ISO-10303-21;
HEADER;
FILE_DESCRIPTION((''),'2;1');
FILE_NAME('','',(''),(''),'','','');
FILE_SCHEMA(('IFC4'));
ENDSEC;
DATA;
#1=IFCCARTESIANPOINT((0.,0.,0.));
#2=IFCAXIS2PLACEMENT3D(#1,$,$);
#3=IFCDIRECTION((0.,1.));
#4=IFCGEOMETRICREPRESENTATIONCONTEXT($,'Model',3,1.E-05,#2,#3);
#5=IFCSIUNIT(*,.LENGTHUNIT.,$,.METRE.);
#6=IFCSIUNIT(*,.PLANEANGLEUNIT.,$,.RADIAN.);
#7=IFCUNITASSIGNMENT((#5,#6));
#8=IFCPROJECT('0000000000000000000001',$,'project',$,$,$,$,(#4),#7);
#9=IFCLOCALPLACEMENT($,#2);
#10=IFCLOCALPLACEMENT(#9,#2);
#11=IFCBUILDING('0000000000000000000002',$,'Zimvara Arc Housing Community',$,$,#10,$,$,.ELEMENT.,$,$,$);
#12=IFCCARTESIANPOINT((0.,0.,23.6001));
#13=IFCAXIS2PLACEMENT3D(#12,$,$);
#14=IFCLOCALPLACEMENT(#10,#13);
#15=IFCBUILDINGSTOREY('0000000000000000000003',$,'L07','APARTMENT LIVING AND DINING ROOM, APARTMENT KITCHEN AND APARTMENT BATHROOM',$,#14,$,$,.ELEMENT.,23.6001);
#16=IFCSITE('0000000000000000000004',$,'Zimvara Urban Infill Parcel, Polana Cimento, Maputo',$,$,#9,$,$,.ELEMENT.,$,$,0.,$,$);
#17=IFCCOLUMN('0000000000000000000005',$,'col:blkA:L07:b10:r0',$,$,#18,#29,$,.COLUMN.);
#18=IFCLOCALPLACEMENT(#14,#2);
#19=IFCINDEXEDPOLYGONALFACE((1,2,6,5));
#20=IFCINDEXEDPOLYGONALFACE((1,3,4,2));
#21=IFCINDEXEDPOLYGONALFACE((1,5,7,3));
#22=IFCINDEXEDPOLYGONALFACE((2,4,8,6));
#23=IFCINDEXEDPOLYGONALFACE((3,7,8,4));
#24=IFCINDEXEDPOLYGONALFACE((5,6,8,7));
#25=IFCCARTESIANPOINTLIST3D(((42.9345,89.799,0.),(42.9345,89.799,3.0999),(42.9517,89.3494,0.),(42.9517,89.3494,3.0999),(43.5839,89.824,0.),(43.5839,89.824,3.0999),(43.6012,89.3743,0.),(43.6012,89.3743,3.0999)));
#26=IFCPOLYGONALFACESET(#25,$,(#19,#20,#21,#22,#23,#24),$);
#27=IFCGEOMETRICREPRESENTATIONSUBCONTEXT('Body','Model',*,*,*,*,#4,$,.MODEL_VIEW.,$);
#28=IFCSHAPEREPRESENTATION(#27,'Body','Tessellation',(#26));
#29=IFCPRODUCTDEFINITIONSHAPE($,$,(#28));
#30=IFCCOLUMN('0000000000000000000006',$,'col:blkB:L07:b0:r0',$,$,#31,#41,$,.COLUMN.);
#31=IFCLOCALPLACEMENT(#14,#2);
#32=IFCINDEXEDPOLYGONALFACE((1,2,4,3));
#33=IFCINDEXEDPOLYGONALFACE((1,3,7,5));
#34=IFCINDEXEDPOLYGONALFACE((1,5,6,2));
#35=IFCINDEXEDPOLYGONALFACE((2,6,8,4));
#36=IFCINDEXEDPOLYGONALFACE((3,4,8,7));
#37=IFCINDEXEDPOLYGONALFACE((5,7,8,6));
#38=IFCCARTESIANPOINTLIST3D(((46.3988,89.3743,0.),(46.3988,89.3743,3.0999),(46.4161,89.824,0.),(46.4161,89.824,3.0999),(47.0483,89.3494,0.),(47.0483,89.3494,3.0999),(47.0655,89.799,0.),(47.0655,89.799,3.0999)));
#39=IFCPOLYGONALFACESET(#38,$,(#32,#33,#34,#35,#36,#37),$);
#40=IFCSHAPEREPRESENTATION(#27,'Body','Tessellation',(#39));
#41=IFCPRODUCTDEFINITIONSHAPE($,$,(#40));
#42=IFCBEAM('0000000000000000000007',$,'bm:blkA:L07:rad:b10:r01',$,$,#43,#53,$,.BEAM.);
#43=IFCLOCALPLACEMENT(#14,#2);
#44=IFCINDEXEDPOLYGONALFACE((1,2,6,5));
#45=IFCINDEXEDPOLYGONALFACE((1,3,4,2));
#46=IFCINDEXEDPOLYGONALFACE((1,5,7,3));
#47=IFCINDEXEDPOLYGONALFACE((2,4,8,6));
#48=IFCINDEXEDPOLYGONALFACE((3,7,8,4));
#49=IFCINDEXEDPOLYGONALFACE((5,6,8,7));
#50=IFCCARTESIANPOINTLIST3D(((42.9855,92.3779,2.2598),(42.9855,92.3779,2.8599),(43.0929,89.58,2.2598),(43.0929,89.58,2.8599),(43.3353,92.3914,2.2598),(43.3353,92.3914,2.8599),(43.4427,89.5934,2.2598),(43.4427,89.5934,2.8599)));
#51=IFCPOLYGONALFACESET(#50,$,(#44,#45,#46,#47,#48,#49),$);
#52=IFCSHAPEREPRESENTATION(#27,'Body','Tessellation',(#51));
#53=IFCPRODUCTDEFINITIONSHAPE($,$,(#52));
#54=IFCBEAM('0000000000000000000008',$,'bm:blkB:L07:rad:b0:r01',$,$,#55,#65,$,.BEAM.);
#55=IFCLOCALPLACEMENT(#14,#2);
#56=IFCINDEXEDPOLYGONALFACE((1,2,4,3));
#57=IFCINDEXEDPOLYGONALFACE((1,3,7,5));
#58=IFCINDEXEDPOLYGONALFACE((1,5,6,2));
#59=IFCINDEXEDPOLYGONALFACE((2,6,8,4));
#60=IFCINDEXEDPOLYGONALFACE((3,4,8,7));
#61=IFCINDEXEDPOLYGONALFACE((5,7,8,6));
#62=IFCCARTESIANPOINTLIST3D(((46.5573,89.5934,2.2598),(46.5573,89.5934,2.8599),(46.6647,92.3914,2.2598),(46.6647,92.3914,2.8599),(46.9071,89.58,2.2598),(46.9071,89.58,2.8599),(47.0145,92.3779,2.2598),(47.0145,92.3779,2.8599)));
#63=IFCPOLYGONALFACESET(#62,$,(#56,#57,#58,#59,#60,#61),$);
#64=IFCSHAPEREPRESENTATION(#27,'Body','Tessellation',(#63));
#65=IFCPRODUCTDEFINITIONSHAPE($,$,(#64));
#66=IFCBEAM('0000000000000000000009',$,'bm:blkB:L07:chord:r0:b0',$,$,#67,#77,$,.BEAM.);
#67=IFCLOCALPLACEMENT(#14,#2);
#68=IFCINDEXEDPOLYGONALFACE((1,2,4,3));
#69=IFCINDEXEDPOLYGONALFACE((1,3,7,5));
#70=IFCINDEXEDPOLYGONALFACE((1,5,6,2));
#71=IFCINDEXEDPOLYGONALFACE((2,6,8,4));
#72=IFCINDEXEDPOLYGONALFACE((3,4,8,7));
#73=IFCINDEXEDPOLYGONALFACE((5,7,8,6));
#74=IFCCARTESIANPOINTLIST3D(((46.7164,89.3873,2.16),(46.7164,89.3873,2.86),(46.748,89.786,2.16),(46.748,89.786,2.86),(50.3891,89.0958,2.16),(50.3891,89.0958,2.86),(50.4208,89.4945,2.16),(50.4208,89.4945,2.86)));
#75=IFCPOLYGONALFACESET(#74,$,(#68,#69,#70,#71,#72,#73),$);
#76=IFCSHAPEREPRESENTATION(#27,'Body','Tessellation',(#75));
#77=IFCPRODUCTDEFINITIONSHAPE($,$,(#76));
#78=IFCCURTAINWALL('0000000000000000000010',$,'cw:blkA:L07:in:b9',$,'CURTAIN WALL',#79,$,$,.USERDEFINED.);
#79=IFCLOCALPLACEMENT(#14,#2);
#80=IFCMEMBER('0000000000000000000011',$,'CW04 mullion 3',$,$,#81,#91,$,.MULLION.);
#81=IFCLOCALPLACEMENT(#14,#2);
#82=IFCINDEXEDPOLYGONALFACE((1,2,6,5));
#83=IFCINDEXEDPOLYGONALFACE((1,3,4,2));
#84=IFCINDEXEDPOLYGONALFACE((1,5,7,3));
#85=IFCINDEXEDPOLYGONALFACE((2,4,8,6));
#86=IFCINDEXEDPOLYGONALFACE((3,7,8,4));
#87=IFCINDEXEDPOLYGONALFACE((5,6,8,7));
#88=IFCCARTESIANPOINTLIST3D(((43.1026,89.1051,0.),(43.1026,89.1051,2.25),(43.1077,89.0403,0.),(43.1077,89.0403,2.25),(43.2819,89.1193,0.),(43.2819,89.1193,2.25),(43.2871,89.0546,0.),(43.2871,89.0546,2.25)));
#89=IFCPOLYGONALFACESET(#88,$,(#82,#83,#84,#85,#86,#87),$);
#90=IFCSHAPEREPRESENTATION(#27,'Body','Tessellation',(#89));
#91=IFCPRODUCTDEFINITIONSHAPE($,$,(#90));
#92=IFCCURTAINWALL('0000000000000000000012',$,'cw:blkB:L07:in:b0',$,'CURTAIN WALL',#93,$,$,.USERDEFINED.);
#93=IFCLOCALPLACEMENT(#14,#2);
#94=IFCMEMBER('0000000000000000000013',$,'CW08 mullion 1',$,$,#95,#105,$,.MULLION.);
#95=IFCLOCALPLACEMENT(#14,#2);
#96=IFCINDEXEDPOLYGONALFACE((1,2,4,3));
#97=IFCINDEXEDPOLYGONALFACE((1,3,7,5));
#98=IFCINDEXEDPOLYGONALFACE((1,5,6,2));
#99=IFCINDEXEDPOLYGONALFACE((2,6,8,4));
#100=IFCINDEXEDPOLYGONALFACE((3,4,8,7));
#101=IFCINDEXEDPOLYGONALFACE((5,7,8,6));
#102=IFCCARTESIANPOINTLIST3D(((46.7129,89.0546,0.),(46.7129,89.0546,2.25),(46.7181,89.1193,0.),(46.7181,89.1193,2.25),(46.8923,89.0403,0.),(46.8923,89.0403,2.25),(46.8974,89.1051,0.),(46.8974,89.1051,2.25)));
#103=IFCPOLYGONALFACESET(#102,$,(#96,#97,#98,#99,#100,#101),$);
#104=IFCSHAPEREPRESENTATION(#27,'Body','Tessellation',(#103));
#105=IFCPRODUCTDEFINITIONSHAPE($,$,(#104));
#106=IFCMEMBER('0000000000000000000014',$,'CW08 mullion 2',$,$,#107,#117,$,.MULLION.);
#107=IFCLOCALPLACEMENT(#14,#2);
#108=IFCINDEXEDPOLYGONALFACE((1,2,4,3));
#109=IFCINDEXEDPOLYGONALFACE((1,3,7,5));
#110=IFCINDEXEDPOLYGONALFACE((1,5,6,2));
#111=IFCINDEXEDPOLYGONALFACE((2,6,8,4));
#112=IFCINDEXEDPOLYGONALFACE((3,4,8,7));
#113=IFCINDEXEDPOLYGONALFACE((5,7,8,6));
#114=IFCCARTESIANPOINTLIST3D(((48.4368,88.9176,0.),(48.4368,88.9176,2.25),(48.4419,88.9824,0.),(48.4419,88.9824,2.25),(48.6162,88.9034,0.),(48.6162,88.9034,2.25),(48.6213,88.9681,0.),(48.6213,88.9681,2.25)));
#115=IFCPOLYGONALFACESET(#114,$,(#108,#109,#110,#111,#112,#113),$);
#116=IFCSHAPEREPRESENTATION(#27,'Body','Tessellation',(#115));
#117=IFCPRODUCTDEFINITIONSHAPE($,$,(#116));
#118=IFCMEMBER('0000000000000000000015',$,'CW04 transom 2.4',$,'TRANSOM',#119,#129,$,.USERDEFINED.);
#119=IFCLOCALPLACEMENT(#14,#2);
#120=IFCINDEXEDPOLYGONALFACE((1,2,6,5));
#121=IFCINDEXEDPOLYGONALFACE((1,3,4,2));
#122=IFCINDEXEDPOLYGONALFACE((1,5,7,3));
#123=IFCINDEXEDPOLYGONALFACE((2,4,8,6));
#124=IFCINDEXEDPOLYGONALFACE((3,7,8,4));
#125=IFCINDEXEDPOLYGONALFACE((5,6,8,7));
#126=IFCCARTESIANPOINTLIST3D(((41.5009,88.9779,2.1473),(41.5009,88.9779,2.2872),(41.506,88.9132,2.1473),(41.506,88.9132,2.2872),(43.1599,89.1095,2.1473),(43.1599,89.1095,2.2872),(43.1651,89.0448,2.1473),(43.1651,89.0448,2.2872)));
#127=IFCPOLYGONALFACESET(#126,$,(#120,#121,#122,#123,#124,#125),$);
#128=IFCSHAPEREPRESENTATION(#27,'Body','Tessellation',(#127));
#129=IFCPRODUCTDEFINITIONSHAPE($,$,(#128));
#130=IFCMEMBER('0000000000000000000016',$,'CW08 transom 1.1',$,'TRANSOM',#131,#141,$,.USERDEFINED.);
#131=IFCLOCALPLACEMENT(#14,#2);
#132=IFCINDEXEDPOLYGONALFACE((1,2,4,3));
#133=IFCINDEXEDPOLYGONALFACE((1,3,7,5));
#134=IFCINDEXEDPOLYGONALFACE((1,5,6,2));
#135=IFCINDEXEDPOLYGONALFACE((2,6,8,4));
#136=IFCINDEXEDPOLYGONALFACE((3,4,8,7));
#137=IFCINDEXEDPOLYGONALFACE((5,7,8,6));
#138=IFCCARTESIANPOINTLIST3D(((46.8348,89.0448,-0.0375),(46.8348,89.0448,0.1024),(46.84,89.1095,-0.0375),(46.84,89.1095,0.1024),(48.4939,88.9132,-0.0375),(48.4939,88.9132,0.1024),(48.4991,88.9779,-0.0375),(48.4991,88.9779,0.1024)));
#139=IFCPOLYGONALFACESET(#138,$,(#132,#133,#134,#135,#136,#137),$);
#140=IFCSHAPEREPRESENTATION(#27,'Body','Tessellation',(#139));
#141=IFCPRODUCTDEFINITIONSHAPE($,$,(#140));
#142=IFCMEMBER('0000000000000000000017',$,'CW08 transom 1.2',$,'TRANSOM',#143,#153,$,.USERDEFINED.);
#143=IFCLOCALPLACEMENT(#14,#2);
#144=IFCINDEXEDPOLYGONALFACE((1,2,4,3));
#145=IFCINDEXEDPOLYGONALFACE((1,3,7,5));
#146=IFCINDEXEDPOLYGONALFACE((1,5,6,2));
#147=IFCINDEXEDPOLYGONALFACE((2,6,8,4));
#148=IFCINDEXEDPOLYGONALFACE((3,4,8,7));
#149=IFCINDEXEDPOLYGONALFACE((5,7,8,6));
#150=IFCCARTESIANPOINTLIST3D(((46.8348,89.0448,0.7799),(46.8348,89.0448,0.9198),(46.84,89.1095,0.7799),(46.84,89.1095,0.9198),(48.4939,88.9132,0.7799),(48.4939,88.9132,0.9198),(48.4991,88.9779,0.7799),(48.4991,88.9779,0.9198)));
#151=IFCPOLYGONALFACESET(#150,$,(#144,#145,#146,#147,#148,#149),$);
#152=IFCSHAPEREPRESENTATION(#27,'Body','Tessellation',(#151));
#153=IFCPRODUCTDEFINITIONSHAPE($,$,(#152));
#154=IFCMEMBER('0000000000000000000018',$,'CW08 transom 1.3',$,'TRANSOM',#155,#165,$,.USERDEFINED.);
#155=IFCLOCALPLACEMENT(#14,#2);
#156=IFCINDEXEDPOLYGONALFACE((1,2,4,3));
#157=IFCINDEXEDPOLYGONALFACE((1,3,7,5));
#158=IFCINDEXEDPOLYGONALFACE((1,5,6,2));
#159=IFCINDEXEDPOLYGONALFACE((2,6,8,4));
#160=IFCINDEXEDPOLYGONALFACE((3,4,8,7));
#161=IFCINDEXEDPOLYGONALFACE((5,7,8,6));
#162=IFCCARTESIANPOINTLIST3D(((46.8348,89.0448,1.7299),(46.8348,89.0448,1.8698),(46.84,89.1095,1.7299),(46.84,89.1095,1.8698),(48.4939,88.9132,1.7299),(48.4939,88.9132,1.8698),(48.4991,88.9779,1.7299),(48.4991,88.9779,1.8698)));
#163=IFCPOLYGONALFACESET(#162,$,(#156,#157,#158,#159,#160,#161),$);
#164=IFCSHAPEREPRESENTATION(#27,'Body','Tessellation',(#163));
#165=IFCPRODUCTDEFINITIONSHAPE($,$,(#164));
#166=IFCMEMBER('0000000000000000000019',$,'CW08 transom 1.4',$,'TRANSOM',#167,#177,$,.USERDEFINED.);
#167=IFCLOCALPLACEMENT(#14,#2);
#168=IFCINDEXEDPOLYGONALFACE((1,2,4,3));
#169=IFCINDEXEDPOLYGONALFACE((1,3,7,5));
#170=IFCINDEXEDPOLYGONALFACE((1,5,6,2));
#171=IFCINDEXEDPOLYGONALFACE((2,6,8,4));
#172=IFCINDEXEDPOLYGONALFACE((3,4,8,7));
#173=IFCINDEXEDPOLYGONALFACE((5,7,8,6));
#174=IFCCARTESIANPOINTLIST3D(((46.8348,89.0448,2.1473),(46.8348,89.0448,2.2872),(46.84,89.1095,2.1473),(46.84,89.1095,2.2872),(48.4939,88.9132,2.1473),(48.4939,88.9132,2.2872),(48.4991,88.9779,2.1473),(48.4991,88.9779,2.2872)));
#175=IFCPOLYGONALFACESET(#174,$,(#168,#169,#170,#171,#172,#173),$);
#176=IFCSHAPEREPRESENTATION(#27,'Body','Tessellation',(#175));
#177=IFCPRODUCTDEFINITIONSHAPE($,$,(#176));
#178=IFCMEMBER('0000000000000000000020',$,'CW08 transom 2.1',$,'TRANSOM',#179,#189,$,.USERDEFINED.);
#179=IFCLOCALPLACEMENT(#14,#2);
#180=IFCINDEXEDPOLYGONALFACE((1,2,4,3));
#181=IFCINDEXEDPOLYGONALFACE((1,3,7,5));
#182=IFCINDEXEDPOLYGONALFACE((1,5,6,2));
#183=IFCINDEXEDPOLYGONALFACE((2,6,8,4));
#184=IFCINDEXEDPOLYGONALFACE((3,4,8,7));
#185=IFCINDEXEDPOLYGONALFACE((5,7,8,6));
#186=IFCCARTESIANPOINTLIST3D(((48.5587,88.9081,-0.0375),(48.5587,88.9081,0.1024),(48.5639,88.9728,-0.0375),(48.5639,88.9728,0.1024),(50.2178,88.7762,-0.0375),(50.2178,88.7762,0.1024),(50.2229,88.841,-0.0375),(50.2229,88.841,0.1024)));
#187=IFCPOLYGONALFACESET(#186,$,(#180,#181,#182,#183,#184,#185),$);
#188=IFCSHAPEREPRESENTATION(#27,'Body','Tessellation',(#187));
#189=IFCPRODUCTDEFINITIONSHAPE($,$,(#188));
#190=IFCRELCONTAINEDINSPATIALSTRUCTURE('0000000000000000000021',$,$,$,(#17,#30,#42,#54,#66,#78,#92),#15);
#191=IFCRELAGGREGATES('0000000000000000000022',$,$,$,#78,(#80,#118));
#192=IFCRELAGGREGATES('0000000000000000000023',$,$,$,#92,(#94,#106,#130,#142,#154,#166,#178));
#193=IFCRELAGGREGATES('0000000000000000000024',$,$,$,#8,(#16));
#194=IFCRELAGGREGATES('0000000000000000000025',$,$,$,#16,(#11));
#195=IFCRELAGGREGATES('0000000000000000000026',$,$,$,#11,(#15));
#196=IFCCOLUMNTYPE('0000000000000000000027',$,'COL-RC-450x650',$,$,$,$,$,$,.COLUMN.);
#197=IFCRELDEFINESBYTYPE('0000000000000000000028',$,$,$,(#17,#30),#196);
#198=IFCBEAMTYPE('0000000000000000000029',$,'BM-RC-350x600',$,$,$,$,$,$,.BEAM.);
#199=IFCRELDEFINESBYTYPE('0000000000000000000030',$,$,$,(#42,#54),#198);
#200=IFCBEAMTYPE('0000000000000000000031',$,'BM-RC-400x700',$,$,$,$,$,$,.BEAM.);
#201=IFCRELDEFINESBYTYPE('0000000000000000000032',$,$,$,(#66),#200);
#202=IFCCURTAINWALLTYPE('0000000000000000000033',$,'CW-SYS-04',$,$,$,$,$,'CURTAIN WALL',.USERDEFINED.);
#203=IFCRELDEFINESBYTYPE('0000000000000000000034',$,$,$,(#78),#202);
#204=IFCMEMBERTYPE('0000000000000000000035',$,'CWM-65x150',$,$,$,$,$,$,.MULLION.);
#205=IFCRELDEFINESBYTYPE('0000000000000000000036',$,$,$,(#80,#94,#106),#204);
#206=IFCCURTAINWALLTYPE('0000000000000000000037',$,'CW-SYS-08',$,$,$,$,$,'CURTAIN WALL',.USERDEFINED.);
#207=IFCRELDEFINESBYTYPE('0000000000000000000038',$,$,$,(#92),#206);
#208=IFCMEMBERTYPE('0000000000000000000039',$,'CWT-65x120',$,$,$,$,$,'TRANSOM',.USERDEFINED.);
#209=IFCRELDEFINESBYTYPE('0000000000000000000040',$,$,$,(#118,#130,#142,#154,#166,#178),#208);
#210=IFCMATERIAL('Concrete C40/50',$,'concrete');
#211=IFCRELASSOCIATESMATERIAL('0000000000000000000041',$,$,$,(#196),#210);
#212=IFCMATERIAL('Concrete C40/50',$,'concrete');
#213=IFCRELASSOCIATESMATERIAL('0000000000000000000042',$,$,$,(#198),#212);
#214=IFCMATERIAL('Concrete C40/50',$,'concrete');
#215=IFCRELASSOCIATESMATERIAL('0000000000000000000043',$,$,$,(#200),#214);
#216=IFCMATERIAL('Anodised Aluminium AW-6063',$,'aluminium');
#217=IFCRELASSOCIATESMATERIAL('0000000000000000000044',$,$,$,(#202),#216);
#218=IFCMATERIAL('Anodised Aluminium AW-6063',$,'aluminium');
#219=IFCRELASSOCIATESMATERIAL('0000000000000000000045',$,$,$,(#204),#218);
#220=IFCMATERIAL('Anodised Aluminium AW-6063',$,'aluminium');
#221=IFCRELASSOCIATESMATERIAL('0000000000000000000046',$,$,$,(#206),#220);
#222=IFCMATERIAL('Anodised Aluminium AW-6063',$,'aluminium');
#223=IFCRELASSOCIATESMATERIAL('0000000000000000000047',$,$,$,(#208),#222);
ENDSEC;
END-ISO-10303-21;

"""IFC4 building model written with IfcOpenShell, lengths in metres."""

from ifc_helpers import new_model, si_unit, direction, frame, origin, origin_2d, place, context, subcontext, project, spatial, rectangle, extrude, material, material_profile, profile_set, type_object, element, aggregate, save


model = new_model("IFC4")

# Units and contexts
model_context = context("Model", 3, precision=1e-05, world=origin(), true_north=direction((0.0, 1.0)))
body_context = subcontext(model_context, "Body", "Model", "MODEL_VIEW")
ifc_project = project(units=[si_unit("LENGTHUNIT", "METRE"), si_unit("PLANEANGLEUNIT", "RADIAN")], contexts=[model_context])

# Site, building, storey
site_placement = place(None, origin())
site = spatial("IfcSite", under=ifc_project, at=site_placement, Name="Zimvara Urban Infill Parcel, Polana Cimento, Maputo", CompositionType="ELEMENT", RefElevation=0.0)
building_placement = place(site_placement, origin())
building = spatial("IfcBuilding", under=site, at=building_placement, Name="Zimvara Arc Housing Community", CompositionType="ELEMENT")
storey_placement = place(building_placement, frame((0.0, 0.0, 23.6001)))
storey = spatial("IfcBuildingStorey", under=building, at=storey_placement, Name="L07", Description="APARTMENT LIVING AND DINING ROOM, APARTMENT KITCHEN AND APARTMENT BATHROOM", CompositionType="ELEMENT", Elevation=23.6001)

# Columns
ifc_material_1 = material(Name="Concrete C40/50", Category="concrete")
ifc_material_profile_1 = material_profile(ifc_material_1, rectangle(XDim=0.45, YDim=0.6499, at=origin_2d()), Name="RC 450x650")
ifc_profile_set_1 = profile_set([ifc_material_profile_1], Name="Concrete C40/50")
column_type = type_object("IfcColumnType", Name="COL-RC-450x650", PredefinedType="COLUMN", material=ifc_profile_set_1)
for number, where, z_axis, x_axis, name in (
    (1, (43.2678, 89.5867, 0.0), (0.0, 0.0, 1.0), (-0.038388, 0.999263, 0.0), "col:blkA:L07:b10:r0"),
    (2, (46.7322, 89.5867, 0.0), (0.0, 0.0, 1.0), (0.038388, 0.999263, 0.0), "col:blkB:L07:b0:r0"),
):
    element("IfcColumn", number, at=place(storey_placement, frame(where, z_axis=z_axis, x_axis=x_axis)), inside=storey, type_object=column_type, Name=name, PredefinedType="COLUMN", context=body_context, shape_type="SweptSolid", body=[
        extrude(rectangle(XDim=0.45, YDim=0.6499, at=origin_2d()), origin(), (0.0, 0.0, 1.0), 3.0999),
    ])

# Beams
ifc_material_2 = material(Name="Concrete C40/50", Category="concrete")
ifc_material_profile_2 = material_profile(ifc_material_2, rectangle(XDim=0.3501, YDim=0.6001, at=origin_2d()), Name="RC 350x600")
ifc_profile_set_2 = profile_set([ifc_material_profile_2], Name="Concrete C40/50")
beam_type_1 = type_object("IfcBeamType", Name="BM-RC-350x600", PredefinedType="BEAM", material=ifc_profile_set_2)
for number, where, z_axis, x_axis, name in (
    (3, (43.2678, 89.5867, 2.5598), (-0.038363, 0.999264, 0.0), (-0.999264, -0.038363, 0.0), "bm:blkA:L07:rad:b10:r01"),
    (4, (46.7322, 89.5867, 2.5598), (0.038363, 0.999264, 0.0), (-0.999264, 0.038363, 0.0), "bm:blkB:L07:rad:b0:r01"),
):
    element("IfcBeam", number, at=place(storey_placement, frame(where, z_axis=z_axis, x_axis=x_axis)), inside=storey, type_object=beam_type_1, Name=name, PredefinedType="BEAM", context=body_context, shape_type="SweptSolid", body=[
        extrude(rectangle(XDim=0.3501, YDim=0.6001, at=origin_2d()), origin(), (0.0, 0.0, 1.0), 2.8),
    ])
ifc_material_3 = material(Name="Concrete C40/50", Category="concrete")
ifc_material_profile_3 = material_profile(ifc_material_3, rectangle(XDim=0.3999, YDim=0.7, at=origin_2d()), Name="RC 400x700")
ifc_profile_set_3 = profile_set([ifc_material_profile_3], Name="Concrete C40/50")
beam_type_2 = type_object("IfcBeamType", Name="BM-RC-400x700", PredefinedType="BEAM", material=ifc_profile_set_3)
beam_placement = place(storey_placement, frame((46.7322, 89.5867, 2.51), z_axis=(0.996865, -0.079118, 0.0), x_axis=(0.079118, 0.996865, 0.0)))
element("IfcBeam", 5, at=beam_placement, inside=storey, type_object=beam_type_2, Name="bm:blkB:L07:chord:r0:b0", PredefinedType="BEAM", context=body_context, shape_type="SweptSolid", body=[
    extrude(rectangle(XDim=0.3999, YDim=0.7, at=origin_2d()), origin(), (0.0, 0.0, 1.0), 3.6843),
])

# Curtain wall, member
ifc_material_4 = material(Name="Anodised Aluminium AW-6063", Category="aluminium")
curtain_wall_type_1 = type_object("IfcCurtainWallType", Name="CW-SYS-04", ElementType="CURTAIN WALL", PredefinedType="USERDEFINED", material=ifc_material_4)
curtain_wall_1_placement = place(storey_placement, origin())
curtain_wall_1 = element("IfcCurtainWall", 6, at=curtain_wall_1_placement, inside=storey, type_object=curtain_wall_type_1, Name="cw:blkA:L07:in:b9", ObjectType="CURTAIN WALL", PredefinedType="USERDEFINED")
ifc_material_5 = material(Name="Anodised Aluminium AW-6063", Category="aluminium")
ifc_material_profile_4 = material_profile(ifc_material_5, rectangle(XDim=0.0649, YDim=0.1799, at=origin_2d()), Name="ALU 65x180")
ifc_profile_set_4 = profile_set([ifc_material_profile_4], Name="Anodised Aluminium AW-6063")
member_type_1 = type_object("IfcMemberType", Name="CWM-65x150", PredefinedType="MULLION", material=ifc_profile_set_4)
member_1_placement = place(storey_placement, frame((43.1948, 89.0798, 0.0), z_axis=(0.0, 0.0, 1.0), x_axis=(-0.079155, 0.996862, 0.0)))
member_1 = element("IfcMember", 7, at=member_1_placement, type_object=member_type_1, Name="CW04 mullion 3", PredefinedType="MULLION", context=body_context, shape_type="SweptSolid", body=[
    extrude(rectangle(XDim=0.0649, YDim=0.1799, at=origin_2d()), origin(), (0.0, 0.0, 1.0), 2.25),
])

# Curtain wall, members
ifc_material_6 = material(Name="Anodised Aluminium AW-6063", Category="aluminium")
curtain_wall_type_2 = type_object("IfcCurtainWallType", Name="CW-SYS-08", ElementType="CURTAIN WALL", PredefinedType="USERDEFINED", material=ifc_material_6)
curtain_wall_2_placement = place(storey_placement, origin())
curtain_wall_2 = element("IfcCurtainWall", 8, at=curtain_wall_2_placement, inside=storey, type_object=curtain_wall_type_2, Name="cw:blkB:L07:in:b0", ObjectType="CURTAIN WALL", PredefinedType="USERDEFINED")
member_2_placement = place(storey_placement, frame((46.8052, 89.0798, 0.0), z_axis=(0.0, 0.0, 1.0), x_axis=(0.079155, 0.996862, 0.0)))
member_2 = element("IfcMember", 9, at=member_2_placement, type_object=member_type_1, Name="CW08 mullion 1", PredefinedType="MULLION", context=body_context, shape_type="SweptSolid", body=[
    extrude(rectangle(XDim=0.0649, YDim=0.1799, at=origin_2d()), origin(), (0.0, 0.0, 1.0), 2.25),
])
member_3_placement = place(storey_placement, frame((48.5291, 88.9429, 0.0), z_axis=(0.0, 0.0, 1.0), x_axis=(0.079155, 0.996862, 0.0)))
member_3 = element("IfcMember", 10, at=member_3_placement, type_object=member_type_1, Name="CW08 mullion 2", PredefinedType="MULLION", context=body_context, shape_type="SweptSolid", body=[
    extrude(rectangle(XDim=0.0649, YDim=0.1799, at=origin_2d()), origin(), (0.0, 0.0, 1.0), 2.25),
])

# Members
ifc_material_7 = material(Name="Anodised Aluminium AW-6063", Category="aluminium")
ifc_material_profile_5 = material_profile(ifc_material_7, rectangle(XDim=0.0649, YDim=0.1399, at=origin_2d()), Name="ALU 65x140")
ifc_profile_set_5 = profile_set([ifc_material_profile_5], Name="Anodised Aluminium AW-6063")
member_type_2 = type_object("IfcMemberType", Name="CWT-65x120", ElementType="TRANSOM", PredefinedType="USERDEFINED", material=ifc_profile_set_5)
member_4_placement = place(storey_placement, frame((41.5034, 88.9456, 2.2173), z_axis=(0.99687, 0.079063, 0.0), x_axis=(-0.079063, 0.99687, 0.0)))
member_4 = element("IfcMember", 11, at=member_4_placement, type_object=member_type_2, Name="CW04 transom 2.4", ObjectType="TRANSOM", PredefinedType="USERDEFINED", context=body_context, shape_type="SweptSolid", body=[
    extrude(rectangle(XDim=0.0649, YDim=0.1399, at=origin_2d()), origin(), (0.0, 0.0, 1.0), 1.6643),
])
member_5_placement = place(storey_placement, frame((46.8374, 89.0771, 0.0325), z_axis=(0.99687, -0.079063, 0.0), x_axis=(0.079063, 0.99687, 0.0)))
member_5 = element("IfcMember", 12, at=member_5_placement, type_object=member_type_2, Name="CW08 transom 1.1", ObjectType="TRANSOM", PredefinedType="USERDEFINED", context=body_context, shape_type="SweptSolid", body=[
    extrude(rectangle(XDim=0.0649, YDim=0.1399, at=origin_2d()), origin(), (0.0, 0.0, 1.0), 1.6643),
])
member_6_placement = place(storey_placement, frame((46.8374, 89.0771, 0.8499), z_axis=(0.99687, -0.079063, 0.0), x_axis=(0.079063, 0.99687, 0.0)))
member_6 = element("IfcMember", 13, at=member_6_placement, type_object=member_type_2, Name="CW08 transom 1.2", ObjectType="TRANSOM", PredefinedType="USERDEFINED", context=body_context, shape_type="SweptSolid", body=[
    extrude(rectangle(XDim=0.0649, YDim=0.1399, at=origin_2d()), origin(), (0.0, 0.0, 1.0), 1.6643),
])
member_7_placement = place(storey_placement, frame((46.8374, 89.0771, 1.7998), z_axis=(0.99687, -0.079063, 0.0), x_axis=(0.079063, 0.99687, 0.0)))
member_7 = element("IfcMember", 14, at=member_7_placement, type_object=member_type_2, Name="CW08 transom 1.3", ObjectType="TRANSOM", PredefinedType="USERDEFINED", context=body_context, shape_type="SweptSolid", body=[
    extrude(rectangle(XDim=0.0649, YDim=0.1399, at=origin_2d()), origin(), (0.0, 0.0, 1.0), 1.6643),
])
member_8_placement = place(storey_placement, frame((46.8374, 89.0771, 2.2173), z_axis=(0.99687, -0.079063, 0.0), x_axis=(0.079063, 0.99687, 0.0)))
member_8 = element("IfcMember", 15, at=member_8_placement, type_object=member_type_2, Name="CW08 transom 1.4", ObjectType="TRANSOM", PredefinedType="USERDEFINED", context=body_context, shape_type="SweptSolid", body=[
    extrude(rectangle(XDim=0.0649, YDim=0.1399, at=origin_2d()), origin(), (0.0, 0.0, 1.0), 1.6643),
])
member_9_placement = place(storey_placement, frame((48.5613, 88.9404, 0.0325), z_axis=(0.996858, -0.079209, 0.0), x_axis=(0.079209, 0.996858, 0.0)))
member_9 = element("IfcMember", 16, at=member_9_placement, type_object=member_type_2, Name="CW08 transom 2.1", ObjectType="TRANSOM", PredefinedType="USERDEFINED", context=body_context, shape_type="SweptSolid", body=[
    extrude(rectangle(XDim=0.0649, YDim=0.1399, at=origin_2d()), origin(), (0.0, 0.0, 1.0), 1.6643),
])

aggregate(curtain_wall_1, [member_1, member_4])
aggregate(curtain_wall_2, [member_2, member_3, member_5, member_6, member_7, member_8, member_9])

save(model, "model.ifc")
